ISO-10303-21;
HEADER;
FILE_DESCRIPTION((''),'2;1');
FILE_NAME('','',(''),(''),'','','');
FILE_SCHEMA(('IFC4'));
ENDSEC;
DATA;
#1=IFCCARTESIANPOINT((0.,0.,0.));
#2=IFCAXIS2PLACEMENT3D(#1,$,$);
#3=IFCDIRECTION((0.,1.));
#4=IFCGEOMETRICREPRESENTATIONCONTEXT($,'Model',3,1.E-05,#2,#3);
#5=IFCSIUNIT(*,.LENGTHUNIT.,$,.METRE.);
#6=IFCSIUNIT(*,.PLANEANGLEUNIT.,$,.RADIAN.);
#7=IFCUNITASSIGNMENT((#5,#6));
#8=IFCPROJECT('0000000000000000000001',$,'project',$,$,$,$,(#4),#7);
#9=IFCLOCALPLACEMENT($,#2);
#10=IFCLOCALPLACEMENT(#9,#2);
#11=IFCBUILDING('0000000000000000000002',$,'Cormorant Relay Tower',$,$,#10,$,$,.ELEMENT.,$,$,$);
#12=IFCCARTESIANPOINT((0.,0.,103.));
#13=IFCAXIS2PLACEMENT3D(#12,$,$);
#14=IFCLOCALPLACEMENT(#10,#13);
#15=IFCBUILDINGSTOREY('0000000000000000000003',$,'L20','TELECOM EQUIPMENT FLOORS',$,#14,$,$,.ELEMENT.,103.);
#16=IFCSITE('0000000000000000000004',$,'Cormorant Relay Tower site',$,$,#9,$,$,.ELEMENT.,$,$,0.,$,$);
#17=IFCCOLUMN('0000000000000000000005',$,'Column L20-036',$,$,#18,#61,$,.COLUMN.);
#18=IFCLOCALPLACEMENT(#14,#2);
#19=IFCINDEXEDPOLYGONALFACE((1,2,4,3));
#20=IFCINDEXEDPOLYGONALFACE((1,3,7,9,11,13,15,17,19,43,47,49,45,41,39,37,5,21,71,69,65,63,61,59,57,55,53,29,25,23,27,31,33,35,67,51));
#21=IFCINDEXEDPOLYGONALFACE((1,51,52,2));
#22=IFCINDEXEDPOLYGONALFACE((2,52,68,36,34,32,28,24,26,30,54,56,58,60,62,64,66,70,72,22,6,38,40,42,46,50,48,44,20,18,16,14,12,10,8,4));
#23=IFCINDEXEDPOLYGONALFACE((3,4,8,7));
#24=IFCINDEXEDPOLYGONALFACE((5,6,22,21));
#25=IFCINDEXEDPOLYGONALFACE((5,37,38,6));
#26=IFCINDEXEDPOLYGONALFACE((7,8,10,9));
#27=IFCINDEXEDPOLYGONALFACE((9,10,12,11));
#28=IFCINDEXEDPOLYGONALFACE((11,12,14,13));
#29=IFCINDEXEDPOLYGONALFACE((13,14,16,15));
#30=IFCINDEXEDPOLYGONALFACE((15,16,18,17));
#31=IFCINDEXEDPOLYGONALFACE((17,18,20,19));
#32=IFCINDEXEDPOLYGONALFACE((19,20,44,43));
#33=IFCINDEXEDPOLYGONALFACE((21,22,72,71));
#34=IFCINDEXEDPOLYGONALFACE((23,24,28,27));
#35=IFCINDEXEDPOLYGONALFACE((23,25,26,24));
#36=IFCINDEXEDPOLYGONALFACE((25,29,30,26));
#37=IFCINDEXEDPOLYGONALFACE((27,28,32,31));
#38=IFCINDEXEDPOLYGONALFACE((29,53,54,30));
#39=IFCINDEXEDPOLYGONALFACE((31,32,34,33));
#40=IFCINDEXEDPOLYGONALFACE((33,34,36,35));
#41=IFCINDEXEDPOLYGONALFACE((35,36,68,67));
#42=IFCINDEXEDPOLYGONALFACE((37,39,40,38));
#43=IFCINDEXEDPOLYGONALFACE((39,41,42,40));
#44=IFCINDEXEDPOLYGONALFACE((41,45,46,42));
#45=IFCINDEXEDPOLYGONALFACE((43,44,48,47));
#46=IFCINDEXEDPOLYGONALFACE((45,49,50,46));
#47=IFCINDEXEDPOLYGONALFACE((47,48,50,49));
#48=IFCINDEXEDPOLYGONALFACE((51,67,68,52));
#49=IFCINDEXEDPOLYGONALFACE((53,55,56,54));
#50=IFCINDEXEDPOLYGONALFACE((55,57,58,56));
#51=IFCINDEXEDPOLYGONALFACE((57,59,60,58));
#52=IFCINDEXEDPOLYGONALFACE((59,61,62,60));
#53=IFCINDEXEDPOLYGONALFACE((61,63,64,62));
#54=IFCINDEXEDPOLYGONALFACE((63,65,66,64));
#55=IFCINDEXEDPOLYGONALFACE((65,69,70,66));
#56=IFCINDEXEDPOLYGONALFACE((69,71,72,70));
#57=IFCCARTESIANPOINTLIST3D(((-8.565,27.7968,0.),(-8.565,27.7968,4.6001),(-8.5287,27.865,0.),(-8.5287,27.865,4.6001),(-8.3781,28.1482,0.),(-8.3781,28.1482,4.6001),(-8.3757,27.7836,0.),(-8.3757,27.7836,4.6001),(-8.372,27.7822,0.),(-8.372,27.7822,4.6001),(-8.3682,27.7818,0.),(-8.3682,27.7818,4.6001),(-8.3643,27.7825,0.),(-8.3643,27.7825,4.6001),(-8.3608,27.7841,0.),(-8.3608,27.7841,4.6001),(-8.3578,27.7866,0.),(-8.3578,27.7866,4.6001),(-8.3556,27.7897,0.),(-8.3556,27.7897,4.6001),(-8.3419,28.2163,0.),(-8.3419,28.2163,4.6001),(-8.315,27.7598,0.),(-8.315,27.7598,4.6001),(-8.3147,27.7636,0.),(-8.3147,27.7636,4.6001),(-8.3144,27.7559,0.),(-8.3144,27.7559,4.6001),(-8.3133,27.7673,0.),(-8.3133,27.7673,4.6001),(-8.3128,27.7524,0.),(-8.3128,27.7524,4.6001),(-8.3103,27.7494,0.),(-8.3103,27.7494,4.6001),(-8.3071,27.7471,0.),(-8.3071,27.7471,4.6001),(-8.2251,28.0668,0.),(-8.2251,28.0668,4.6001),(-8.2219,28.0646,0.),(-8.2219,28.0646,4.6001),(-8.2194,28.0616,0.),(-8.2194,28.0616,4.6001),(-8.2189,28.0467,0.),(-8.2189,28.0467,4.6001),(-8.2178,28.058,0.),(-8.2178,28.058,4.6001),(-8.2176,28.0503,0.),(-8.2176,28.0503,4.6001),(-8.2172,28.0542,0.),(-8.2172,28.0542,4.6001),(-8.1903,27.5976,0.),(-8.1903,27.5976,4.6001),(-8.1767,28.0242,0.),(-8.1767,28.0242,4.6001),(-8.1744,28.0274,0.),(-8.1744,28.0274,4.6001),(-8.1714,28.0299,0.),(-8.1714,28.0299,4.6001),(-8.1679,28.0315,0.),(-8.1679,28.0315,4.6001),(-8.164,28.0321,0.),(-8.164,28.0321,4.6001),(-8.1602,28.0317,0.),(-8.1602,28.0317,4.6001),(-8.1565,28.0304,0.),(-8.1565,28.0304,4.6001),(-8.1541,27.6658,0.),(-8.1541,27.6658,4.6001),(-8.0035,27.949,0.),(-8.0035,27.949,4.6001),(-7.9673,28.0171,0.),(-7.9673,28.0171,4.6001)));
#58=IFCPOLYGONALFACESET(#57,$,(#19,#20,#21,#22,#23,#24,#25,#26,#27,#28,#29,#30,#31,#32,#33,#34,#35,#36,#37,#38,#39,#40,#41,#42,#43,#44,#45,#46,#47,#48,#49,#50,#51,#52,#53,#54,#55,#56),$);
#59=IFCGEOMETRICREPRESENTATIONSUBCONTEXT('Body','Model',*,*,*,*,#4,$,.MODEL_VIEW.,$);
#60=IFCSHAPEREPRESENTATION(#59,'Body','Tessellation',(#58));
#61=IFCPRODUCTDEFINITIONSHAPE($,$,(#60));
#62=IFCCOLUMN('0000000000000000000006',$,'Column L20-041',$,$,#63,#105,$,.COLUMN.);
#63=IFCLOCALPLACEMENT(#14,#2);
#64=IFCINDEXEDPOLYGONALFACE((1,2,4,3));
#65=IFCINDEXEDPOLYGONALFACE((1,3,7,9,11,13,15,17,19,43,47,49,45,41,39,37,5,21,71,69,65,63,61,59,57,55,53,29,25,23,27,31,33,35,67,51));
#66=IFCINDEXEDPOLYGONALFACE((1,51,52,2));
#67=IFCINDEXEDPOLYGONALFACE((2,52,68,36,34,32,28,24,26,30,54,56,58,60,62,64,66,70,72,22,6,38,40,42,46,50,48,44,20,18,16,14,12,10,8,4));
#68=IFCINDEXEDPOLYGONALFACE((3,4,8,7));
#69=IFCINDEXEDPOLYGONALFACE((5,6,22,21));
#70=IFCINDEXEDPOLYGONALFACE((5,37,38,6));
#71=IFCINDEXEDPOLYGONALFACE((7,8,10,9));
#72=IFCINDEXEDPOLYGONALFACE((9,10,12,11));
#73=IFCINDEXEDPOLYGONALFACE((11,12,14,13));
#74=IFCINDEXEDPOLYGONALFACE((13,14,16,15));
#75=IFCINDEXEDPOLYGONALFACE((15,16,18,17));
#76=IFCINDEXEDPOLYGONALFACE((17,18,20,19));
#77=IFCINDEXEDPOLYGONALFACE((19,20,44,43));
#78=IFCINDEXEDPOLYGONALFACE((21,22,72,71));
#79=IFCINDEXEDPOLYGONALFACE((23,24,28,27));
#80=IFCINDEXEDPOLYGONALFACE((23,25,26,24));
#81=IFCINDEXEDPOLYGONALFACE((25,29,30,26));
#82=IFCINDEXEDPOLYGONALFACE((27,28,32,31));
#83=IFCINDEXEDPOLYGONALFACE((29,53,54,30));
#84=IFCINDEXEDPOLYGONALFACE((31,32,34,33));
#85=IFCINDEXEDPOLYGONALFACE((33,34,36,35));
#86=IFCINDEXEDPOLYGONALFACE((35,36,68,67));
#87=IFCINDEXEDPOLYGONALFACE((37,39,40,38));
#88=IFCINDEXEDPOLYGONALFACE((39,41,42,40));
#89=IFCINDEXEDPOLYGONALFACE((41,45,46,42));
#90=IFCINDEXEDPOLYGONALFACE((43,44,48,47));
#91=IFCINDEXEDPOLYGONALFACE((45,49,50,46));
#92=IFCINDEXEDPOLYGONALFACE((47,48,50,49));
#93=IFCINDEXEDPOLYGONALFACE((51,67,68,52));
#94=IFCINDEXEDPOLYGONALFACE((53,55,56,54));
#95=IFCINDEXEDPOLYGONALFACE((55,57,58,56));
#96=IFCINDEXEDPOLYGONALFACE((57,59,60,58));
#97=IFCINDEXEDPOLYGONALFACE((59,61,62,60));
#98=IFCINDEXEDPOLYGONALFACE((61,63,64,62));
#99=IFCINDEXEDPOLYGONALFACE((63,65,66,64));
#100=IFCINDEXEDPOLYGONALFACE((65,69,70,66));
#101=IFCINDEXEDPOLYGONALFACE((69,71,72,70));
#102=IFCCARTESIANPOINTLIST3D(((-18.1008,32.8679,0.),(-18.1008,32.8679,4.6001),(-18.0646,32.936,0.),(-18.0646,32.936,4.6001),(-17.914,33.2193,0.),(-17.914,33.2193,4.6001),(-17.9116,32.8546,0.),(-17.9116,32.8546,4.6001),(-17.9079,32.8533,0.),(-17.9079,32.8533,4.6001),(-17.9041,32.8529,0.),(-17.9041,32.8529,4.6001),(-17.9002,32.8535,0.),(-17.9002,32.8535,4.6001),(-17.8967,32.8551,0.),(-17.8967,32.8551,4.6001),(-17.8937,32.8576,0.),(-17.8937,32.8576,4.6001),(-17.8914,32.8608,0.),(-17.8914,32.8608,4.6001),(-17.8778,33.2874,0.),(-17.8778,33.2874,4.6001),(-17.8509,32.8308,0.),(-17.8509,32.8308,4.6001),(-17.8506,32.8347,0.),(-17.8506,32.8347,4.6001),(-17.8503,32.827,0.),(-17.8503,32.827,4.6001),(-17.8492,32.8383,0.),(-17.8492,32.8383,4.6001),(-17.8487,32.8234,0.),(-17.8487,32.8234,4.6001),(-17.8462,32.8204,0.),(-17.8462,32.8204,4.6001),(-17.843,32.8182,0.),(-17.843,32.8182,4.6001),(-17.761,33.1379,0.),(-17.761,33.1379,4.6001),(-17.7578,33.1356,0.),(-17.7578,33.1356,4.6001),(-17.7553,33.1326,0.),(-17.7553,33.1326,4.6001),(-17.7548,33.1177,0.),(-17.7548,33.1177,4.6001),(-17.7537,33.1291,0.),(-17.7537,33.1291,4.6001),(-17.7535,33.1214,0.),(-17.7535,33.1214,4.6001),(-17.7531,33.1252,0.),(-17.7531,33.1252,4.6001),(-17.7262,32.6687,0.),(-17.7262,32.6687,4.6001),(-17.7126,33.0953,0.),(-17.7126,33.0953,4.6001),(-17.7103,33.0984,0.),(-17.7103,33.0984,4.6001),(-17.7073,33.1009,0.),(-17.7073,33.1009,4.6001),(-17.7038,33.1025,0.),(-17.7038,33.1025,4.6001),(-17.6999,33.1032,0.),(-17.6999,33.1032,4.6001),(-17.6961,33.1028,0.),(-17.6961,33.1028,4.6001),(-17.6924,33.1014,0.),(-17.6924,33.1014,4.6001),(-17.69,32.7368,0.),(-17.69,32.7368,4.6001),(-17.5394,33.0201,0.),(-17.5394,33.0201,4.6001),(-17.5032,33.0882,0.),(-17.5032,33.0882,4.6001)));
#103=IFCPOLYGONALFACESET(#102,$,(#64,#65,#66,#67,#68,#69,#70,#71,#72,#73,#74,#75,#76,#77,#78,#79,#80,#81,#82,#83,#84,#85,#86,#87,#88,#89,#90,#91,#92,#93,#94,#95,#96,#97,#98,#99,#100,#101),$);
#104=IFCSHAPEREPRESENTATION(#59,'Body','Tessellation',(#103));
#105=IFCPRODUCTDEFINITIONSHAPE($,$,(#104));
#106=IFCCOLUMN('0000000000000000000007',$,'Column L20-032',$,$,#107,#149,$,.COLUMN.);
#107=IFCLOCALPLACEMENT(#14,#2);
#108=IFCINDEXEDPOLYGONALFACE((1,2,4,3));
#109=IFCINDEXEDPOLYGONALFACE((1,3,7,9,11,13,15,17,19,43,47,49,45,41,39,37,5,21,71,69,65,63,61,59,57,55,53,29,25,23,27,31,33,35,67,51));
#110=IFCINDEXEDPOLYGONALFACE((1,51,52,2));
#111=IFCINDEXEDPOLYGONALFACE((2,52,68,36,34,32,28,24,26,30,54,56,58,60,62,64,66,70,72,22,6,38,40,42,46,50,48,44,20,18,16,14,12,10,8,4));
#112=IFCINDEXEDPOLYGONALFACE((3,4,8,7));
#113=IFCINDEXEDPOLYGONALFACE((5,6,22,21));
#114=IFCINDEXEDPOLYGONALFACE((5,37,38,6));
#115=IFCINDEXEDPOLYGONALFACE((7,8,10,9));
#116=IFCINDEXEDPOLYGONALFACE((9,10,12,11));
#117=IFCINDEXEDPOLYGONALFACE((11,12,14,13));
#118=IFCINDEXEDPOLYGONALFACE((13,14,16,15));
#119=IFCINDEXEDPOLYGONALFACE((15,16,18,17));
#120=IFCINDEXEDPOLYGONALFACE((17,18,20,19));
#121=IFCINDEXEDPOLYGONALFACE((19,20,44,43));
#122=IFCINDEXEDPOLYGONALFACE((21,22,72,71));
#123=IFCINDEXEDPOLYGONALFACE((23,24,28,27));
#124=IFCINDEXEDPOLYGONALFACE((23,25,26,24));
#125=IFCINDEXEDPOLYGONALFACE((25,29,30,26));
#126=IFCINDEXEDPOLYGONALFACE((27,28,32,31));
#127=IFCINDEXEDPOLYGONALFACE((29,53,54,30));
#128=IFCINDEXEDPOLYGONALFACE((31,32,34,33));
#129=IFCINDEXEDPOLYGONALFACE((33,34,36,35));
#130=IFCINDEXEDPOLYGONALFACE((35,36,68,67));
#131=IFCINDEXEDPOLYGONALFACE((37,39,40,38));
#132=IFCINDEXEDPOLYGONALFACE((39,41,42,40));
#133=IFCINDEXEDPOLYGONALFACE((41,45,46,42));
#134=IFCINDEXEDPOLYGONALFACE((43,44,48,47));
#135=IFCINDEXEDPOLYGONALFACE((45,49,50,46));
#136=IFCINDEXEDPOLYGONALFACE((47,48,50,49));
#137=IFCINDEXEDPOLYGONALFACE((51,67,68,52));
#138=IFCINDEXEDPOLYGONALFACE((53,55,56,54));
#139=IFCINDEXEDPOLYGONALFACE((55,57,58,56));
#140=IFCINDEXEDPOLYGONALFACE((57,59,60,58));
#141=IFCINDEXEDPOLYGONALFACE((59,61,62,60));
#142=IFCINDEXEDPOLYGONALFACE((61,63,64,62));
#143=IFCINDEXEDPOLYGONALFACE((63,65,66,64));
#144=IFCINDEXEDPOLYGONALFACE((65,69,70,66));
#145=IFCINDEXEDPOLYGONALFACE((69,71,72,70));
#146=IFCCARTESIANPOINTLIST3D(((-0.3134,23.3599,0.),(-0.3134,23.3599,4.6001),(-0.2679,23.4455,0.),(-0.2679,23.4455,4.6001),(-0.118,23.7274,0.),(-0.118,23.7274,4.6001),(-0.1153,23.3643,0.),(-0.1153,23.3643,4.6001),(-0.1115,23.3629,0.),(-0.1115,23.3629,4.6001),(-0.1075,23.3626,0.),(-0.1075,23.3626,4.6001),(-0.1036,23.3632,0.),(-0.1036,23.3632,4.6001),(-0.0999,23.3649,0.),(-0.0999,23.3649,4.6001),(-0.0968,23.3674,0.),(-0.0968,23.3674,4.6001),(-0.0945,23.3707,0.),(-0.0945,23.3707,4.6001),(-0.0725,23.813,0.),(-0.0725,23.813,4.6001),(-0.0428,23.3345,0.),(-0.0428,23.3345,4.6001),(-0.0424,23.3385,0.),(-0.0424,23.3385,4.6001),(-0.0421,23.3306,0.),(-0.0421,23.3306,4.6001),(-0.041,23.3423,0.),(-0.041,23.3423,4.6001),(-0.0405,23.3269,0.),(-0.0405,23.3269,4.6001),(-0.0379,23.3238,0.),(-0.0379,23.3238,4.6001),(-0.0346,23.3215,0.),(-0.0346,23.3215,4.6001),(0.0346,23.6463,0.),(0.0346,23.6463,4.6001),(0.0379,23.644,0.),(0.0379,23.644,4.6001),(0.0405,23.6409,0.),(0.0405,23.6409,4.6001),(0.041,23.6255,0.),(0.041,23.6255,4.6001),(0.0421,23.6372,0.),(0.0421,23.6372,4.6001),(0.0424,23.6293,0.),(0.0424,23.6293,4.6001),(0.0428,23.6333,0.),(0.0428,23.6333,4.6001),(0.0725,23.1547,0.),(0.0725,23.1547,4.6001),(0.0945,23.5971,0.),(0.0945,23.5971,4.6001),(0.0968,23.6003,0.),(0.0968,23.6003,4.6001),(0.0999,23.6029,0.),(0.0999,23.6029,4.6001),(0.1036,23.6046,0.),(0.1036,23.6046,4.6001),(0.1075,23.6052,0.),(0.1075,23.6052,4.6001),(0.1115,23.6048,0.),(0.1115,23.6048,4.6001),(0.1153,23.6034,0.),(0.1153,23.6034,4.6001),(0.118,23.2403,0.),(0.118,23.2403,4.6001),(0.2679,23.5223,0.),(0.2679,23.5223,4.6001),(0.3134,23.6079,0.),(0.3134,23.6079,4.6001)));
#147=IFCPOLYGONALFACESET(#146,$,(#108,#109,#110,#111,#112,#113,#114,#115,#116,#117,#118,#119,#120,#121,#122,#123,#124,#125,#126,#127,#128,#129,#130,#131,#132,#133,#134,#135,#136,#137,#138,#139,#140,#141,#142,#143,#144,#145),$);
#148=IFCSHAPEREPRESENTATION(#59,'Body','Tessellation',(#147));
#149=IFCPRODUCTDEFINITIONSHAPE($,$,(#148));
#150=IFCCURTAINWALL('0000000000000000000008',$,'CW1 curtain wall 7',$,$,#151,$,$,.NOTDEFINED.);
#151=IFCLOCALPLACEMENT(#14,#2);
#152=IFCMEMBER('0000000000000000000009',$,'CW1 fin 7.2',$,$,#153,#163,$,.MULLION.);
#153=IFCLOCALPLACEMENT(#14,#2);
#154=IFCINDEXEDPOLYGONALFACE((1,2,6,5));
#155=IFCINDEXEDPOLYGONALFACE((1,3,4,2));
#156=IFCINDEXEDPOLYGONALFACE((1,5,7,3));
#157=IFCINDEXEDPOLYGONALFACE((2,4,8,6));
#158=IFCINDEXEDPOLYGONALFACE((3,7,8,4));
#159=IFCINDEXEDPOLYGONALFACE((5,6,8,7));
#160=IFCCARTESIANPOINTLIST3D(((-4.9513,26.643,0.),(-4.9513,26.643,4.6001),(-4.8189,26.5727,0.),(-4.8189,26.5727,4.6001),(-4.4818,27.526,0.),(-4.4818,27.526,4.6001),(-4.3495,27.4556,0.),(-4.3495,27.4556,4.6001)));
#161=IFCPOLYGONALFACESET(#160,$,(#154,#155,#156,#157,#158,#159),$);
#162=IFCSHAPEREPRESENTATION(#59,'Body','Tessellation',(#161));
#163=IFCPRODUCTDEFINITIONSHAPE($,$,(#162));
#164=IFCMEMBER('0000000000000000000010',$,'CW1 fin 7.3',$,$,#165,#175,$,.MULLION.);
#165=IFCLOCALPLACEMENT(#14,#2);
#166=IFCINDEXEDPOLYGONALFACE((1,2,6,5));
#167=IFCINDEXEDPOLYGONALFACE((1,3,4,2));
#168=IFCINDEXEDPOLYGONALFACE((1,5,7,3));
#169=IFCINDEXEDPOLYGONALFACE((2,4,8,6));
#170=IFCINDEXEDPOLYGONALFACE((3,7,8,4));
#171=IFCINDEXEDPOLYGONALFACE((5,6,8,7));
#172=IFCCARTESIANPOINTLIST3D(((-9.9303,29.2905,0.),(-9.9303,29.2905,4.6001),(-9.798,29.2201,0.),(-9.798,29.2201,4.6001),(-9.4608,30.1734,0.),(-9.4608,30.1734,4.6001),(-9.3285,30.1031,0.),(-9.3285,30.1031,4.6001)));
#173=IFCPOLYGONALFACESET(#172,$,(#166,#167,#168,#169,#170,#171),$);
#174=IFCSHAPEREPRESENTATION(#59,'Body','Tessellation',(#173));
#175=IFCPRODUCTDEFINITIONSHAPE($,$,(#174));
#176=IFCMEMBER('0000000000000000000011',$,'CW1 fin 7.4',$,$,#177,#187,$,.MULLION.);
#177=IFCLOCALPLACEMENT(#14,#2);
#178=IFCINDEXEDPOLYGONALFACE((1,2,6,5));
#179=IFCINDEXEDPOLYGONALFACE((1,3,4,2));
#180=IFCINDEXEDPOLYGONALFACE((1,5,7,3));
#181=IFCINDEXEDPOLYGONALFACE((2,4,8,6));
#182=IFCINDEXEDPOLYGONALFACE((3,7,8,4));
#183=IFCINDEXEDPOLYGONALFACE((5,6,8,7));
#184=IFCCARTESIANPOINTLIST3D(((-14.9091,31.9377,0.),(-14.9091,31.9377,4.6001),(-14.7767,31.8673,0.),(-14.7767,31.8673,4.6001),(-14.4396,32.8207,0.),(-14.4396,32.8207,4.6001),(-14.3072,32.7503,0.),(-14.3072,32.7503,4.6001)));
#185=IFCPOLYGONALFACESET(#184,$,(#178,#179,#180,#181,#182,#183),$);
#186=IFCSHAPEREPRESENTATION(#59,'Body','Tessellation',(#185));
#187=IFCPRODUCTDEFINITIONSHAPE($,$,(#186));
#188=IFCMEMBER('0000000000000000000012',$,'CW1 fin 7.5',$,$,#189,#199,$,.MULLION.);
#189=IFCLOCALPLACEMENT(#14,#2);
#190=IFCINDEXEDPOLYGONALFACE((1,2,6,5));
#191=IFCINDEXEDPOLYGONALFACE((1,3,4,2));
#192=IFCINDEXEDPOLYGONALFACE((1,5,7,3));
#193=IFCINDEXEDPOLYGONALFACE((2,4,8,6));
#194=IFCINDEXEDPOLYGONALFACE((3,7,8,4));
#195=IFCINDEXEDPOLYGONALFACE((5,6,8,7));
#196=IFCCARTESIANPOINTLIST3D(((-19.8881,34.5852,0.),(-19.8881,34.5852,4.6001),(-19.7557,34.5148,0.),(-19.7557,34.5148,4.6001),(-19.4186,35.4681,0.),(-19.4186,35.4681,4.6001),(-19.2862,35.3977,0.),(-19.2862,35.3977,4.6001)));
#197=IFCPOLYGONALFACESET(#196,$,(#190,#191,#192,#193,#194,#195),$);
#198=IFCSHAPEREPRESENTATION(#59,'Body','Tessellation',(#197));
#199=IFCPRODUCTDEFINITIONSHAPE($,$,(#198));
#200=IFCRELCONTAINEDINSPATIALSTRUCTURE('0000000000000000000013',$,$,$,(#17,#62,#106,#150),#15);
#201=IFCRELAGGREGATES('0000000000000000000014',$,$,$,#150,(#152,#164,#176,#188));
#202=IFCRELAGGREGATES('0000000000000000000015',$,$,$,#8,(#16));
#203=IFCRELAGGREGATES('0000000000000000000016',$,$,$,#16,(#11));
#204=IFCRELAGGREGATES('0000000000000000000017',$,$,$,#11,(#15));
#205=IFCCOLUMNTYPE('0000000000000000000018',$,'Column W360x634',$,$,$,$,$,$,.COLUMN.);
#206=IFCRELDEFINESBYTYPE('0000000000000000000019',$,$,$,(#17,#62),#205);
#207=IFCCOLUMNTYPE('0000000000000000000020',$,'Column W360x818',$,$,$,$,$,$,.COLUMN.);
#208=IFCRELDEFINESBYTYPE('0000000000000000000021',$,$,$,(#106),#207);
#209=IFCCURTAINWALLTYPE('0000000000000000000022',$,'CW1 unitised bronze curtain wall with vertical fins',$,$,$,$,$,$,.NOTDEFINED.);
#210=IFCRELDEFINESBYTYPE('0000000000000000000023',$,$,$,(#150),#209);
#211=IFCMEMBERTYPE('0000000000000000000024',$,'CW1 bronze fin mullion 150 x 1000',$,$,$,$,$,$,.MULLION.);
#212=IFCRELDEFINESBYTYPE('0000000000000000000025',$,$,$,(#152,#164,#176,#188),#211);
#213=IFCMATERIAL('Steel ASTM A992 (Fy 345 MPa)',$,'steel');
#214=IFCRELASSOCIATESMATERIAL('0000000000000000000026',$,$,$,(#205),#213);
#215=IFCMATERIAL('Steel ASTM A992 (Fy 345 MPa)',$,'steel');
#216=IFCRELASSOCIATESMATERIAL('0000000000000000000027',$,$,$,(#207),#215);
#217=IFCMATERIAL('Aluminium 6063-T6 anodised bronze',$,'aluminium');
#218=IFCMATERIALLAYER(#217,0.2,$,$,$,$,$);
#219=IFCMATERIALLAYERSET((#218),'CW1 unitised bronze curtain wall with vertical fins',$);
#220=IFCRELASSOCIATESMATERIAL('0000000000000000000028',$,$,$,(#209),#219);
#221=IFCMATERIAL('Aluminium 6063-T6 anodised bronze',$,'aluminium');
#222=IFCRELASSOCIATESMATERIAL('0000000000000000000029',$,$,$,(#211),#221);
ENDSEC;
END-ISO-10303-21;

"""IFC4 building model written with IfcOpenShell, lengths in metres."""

from ifc_helpers import new_model, si_unit, direction, frame, origin, origin_2d, place, context, subcontext, project, spatial, rectangle, i_section, extrude, material, layer, layer_set, material_profile, profile_set, type_object, element, aggregate, save


model = new_model("IFC4")

# Units and contexts
model_context = context("Model", 3, precision=1e-05, world=origin(), true_north=direction((0.0, 1.0)))
body_context = subcontext(model_context, "Body", "Model", "MODEL_VIEW")
ifc_project = project(units=[si_unit("LENGTHUNIT", "METRE"), si_unit("PLANEANGLEUNIT", "RADIAN")], contexts=[model_context])

# Site, building, storey
site_placement = place(None, origin())
site = spatial("IfcSite", under=ifc_project, at=site_placement, Name="Cormorant Relay Tower site", CompositionType="ELEMENT", RefElevation=0.0)
building_placement = place(site_placement, origin())
building = spatial("IfcBuilding", under=site, at=building_placement, Name="Cormorant Relay Tower", CompositionType="ELEMENT")
storey_placement = place(building_placement, frame((0.0, 0.0, 103.0)))
storey = spatial("IfcBuildingStorey", under=building, at=storey_placement, Name="L20", Description="TELECOM EQUIPMENT FLOORS", CompositionType="ELEMENT", Elevation=103.0)

# Columns
ifc_material_1 = material(Name="Steel ASTM A992 (Fy 345 MPa)", Category="steel")
ifc_material_profile_1 = material_profile(ifc_material_1, i_section(OverallWidth=0.4243, OverallDepth=0.4751, WebThickness=0.0479, FlangeThickness=0.0771, FilletRadius=0.0149, at=origin_2d()), Name="W360x634")
ifc_profile_set_1 = profile_set([ifc_material_profile_1], Name="Steel ASTM A992 (Fy 345 MPa)")
column_type_1 = type_object("IfcColumnType", Name="Column W360x634", PredefinedType="COLUMN", material=ifc_profile_set_1)
for number, where, z_axis, x_axis, name in (
    (1, (-8.2661, 27.907, 0.0), (0.0, 0.0, 1.0), (-0.882948, 0.469472, 0.0), "Column L20-036"),
    (2, (-17.802, 32.978, 0.0), (0.0, 0.0, 1.0), (-0.882948, 0.469472, 0.0), "Column L20-041"),
):
    element("IfcColumn", number, at=place(storey_placement, frame(where, z_axis=z_axis, x_axis=x_axis)), inside=storey, type_object=column_type_1, Name=name, PredefinedType="COLUMN", context=body_context, shape_type="SweptSolid", body=[
        extrude(i_section(OverallWidth=0.4243, OverallDepth=0.4751, WebThickness=0.0479, FlangeThickness=0.0771, FilletRadius=0.0149, at=origin_2d()), origin(), (0.0, 0.0, 1.0), 4.6001),
    ])
ifc_material_2 = material(Name="Steel ASTM A992 (Fy 345 MPa)", Category="steel")
ifc_material_profile_2 = material_profile(ifc_material_2, i_section(OverallWidth=0.437, OverallDepth=0.5132, WebThickness=0.0605, FlangeThickness=0.0969, FilletRadius=0.0154, at=origin_2d()), Name="W360x818")
ifc_profile_set_2 = profile_set([ifc_material_profile_2], Name="Steel ASTM A992 (Fy 345 MPa)")
column_type_2 = type_object("IfcColumnType", Name="Column W360x818", PredefinedType="COLUMN", material=ifc_profile_set_2)
column_placement = place(storey_placement, frame((0.0, 23.4839, 0.0), z_axis=(0.0, 0.0, 1.0), x_axis=(-0.882948, 0.469472, 0.0)))
element("IfcColumn", 3, at=column_placement, inside=storey, type_object=column_type_2, Name="Column L20-032", PredefinedType="COLUMN", context=body_context, shape_type="SweptSolid", body=[
    extrude(i_section(OverallWidth=0.437, OverallDepth=0.5132, WebThickness=0.0605, FlangeThickness=0.0969, FilletRadius=0.0154, at=origin_2d()), origin(), (0.0, 0.0, 1.0), 4.6001),
])

# Curtain wall, members
ifc_material_3 = material(Name="Aluminium 6063-T6 anodised bronze", Category="aluminium")
ifc_layer_1 = layer(ifc_material_3, 0.2)
ifc_layer_set_1 = layer_set([ifc_layer_1], Name="CW1 unitised bronze curtain wall with vertical fins")
curtain_wall_type = type_object("IfcCurtainWallType", Name="CW1 unitised bronze curtain wall with vertical fins", PredefinedType="NOTDEFINED", material=ifc_layer_set_1)
curtain_wall_placement = place(storey_placement, origin())
curtain_wall = element("IfcCurtainWall", 4, at=curtain_wall_placement, inside=storey, type_object=curtain_wall_type, Name="CW1 curtain wall 7", PredefinedType="NOTDEFINED")
ifc_material_4 = material(Name="Aluminium 6063-T6 anodised bronze", Category="aluminium")
ifc_material_profile_3 = material_profile(ifc_material_4, rectangle(XDim=0.1499, YDim=1.0, at=origin_2d()), Name="AL 150x1000")
ifc_profile_set_3 = profile_set([ifc_material_profile_3], Name="Aluminium 6063-T6 anodised bronze")
member_type = type_object("IfcMemberType", Name="CW1 bronze fin mullion 150 x 1000", PredefinedType="MULLION", material=ifc_profile_set_3)
member_1_placement = place(storey_placement, frame((-4.6504, 27.0493, 0.0), z_axis=(0.0, 0.0, 1.0), x_axis=(-0.882948, 0.469472, 0.0)))
member_1 = element("IfcMember", 5, at=member_1_placement, type_object=member_type, Name="CW1 fin 7.2", PredefinedType="MULLION", context=body_context, shape_type="SweptSolid", body=[
    extrude(rectangle(XDim=0.1499, YDim=1.0, at=origin_2d()), origin(), (0.0, 0.0, 1.0), 4.6001),
])
member_2_placement = place(storey_placement, frame((-9.6294, 29.6968, 0.0), z_axis=(0.0, 0.0, 1.0), x_axis=(-0.882948, 0.469472, 0.0)))
member_2 = element("IfcMember", 6, at=member_2_placement, type_object=member_type, Name="CW1 fin 7.3", PredefinedType="MULLION", context=body_context, shape_type="SweptSolid", body=[
    extrude(rectangle(XDim=0.1499, YDim=1.0, at=origin_2d()), origin(), (0.0, 0.0, 1.0), 4.6001),
])
member_3_placement = place(storey_placement, frame((-14.6082, 32.344, 0.0), z_axis=(0.0, 0.0, 1.0), x_axis=(-0.882948, 0.469472, 0.0)))
member_3 = element("IfcMember", 7, at=member_3_placement, type_object=member_type, Name="CW1 fin 7.4", PredefinedType="MULLION", context=body_context, shape_type="SweptSolid", body=[
    extrude(rectangle(XDim=0.1499, YDim=1.0, at=origin_2d()), origin(), (0.0, 0.0, 1.0), 4.6001),
])
member_4_placement = place(storey_placement, frame((-19.5872, 34.9915, 0.0), z_axis=(0.0, 0.0, 1.0), x_axis=(-0.882948, 0.469472, 0.0)))
member_4 = element("IfcMember", 8, at=member_4_placement, type_object=member_type, Name="CW1 fin 7.5", PredefinedType="MULLION", context=body_context, shape_type="SweptSolid", body=[
    extrude(rectangle(XDim=0.1499, YDim=1.0, at=origin_2d()), origin(), (0.0, 0.0, 1.0), 4.6001),
])

aggregate(curtain_wall, [member_1, member_2, member_3, member_4])

save(model, "model.ifc")
